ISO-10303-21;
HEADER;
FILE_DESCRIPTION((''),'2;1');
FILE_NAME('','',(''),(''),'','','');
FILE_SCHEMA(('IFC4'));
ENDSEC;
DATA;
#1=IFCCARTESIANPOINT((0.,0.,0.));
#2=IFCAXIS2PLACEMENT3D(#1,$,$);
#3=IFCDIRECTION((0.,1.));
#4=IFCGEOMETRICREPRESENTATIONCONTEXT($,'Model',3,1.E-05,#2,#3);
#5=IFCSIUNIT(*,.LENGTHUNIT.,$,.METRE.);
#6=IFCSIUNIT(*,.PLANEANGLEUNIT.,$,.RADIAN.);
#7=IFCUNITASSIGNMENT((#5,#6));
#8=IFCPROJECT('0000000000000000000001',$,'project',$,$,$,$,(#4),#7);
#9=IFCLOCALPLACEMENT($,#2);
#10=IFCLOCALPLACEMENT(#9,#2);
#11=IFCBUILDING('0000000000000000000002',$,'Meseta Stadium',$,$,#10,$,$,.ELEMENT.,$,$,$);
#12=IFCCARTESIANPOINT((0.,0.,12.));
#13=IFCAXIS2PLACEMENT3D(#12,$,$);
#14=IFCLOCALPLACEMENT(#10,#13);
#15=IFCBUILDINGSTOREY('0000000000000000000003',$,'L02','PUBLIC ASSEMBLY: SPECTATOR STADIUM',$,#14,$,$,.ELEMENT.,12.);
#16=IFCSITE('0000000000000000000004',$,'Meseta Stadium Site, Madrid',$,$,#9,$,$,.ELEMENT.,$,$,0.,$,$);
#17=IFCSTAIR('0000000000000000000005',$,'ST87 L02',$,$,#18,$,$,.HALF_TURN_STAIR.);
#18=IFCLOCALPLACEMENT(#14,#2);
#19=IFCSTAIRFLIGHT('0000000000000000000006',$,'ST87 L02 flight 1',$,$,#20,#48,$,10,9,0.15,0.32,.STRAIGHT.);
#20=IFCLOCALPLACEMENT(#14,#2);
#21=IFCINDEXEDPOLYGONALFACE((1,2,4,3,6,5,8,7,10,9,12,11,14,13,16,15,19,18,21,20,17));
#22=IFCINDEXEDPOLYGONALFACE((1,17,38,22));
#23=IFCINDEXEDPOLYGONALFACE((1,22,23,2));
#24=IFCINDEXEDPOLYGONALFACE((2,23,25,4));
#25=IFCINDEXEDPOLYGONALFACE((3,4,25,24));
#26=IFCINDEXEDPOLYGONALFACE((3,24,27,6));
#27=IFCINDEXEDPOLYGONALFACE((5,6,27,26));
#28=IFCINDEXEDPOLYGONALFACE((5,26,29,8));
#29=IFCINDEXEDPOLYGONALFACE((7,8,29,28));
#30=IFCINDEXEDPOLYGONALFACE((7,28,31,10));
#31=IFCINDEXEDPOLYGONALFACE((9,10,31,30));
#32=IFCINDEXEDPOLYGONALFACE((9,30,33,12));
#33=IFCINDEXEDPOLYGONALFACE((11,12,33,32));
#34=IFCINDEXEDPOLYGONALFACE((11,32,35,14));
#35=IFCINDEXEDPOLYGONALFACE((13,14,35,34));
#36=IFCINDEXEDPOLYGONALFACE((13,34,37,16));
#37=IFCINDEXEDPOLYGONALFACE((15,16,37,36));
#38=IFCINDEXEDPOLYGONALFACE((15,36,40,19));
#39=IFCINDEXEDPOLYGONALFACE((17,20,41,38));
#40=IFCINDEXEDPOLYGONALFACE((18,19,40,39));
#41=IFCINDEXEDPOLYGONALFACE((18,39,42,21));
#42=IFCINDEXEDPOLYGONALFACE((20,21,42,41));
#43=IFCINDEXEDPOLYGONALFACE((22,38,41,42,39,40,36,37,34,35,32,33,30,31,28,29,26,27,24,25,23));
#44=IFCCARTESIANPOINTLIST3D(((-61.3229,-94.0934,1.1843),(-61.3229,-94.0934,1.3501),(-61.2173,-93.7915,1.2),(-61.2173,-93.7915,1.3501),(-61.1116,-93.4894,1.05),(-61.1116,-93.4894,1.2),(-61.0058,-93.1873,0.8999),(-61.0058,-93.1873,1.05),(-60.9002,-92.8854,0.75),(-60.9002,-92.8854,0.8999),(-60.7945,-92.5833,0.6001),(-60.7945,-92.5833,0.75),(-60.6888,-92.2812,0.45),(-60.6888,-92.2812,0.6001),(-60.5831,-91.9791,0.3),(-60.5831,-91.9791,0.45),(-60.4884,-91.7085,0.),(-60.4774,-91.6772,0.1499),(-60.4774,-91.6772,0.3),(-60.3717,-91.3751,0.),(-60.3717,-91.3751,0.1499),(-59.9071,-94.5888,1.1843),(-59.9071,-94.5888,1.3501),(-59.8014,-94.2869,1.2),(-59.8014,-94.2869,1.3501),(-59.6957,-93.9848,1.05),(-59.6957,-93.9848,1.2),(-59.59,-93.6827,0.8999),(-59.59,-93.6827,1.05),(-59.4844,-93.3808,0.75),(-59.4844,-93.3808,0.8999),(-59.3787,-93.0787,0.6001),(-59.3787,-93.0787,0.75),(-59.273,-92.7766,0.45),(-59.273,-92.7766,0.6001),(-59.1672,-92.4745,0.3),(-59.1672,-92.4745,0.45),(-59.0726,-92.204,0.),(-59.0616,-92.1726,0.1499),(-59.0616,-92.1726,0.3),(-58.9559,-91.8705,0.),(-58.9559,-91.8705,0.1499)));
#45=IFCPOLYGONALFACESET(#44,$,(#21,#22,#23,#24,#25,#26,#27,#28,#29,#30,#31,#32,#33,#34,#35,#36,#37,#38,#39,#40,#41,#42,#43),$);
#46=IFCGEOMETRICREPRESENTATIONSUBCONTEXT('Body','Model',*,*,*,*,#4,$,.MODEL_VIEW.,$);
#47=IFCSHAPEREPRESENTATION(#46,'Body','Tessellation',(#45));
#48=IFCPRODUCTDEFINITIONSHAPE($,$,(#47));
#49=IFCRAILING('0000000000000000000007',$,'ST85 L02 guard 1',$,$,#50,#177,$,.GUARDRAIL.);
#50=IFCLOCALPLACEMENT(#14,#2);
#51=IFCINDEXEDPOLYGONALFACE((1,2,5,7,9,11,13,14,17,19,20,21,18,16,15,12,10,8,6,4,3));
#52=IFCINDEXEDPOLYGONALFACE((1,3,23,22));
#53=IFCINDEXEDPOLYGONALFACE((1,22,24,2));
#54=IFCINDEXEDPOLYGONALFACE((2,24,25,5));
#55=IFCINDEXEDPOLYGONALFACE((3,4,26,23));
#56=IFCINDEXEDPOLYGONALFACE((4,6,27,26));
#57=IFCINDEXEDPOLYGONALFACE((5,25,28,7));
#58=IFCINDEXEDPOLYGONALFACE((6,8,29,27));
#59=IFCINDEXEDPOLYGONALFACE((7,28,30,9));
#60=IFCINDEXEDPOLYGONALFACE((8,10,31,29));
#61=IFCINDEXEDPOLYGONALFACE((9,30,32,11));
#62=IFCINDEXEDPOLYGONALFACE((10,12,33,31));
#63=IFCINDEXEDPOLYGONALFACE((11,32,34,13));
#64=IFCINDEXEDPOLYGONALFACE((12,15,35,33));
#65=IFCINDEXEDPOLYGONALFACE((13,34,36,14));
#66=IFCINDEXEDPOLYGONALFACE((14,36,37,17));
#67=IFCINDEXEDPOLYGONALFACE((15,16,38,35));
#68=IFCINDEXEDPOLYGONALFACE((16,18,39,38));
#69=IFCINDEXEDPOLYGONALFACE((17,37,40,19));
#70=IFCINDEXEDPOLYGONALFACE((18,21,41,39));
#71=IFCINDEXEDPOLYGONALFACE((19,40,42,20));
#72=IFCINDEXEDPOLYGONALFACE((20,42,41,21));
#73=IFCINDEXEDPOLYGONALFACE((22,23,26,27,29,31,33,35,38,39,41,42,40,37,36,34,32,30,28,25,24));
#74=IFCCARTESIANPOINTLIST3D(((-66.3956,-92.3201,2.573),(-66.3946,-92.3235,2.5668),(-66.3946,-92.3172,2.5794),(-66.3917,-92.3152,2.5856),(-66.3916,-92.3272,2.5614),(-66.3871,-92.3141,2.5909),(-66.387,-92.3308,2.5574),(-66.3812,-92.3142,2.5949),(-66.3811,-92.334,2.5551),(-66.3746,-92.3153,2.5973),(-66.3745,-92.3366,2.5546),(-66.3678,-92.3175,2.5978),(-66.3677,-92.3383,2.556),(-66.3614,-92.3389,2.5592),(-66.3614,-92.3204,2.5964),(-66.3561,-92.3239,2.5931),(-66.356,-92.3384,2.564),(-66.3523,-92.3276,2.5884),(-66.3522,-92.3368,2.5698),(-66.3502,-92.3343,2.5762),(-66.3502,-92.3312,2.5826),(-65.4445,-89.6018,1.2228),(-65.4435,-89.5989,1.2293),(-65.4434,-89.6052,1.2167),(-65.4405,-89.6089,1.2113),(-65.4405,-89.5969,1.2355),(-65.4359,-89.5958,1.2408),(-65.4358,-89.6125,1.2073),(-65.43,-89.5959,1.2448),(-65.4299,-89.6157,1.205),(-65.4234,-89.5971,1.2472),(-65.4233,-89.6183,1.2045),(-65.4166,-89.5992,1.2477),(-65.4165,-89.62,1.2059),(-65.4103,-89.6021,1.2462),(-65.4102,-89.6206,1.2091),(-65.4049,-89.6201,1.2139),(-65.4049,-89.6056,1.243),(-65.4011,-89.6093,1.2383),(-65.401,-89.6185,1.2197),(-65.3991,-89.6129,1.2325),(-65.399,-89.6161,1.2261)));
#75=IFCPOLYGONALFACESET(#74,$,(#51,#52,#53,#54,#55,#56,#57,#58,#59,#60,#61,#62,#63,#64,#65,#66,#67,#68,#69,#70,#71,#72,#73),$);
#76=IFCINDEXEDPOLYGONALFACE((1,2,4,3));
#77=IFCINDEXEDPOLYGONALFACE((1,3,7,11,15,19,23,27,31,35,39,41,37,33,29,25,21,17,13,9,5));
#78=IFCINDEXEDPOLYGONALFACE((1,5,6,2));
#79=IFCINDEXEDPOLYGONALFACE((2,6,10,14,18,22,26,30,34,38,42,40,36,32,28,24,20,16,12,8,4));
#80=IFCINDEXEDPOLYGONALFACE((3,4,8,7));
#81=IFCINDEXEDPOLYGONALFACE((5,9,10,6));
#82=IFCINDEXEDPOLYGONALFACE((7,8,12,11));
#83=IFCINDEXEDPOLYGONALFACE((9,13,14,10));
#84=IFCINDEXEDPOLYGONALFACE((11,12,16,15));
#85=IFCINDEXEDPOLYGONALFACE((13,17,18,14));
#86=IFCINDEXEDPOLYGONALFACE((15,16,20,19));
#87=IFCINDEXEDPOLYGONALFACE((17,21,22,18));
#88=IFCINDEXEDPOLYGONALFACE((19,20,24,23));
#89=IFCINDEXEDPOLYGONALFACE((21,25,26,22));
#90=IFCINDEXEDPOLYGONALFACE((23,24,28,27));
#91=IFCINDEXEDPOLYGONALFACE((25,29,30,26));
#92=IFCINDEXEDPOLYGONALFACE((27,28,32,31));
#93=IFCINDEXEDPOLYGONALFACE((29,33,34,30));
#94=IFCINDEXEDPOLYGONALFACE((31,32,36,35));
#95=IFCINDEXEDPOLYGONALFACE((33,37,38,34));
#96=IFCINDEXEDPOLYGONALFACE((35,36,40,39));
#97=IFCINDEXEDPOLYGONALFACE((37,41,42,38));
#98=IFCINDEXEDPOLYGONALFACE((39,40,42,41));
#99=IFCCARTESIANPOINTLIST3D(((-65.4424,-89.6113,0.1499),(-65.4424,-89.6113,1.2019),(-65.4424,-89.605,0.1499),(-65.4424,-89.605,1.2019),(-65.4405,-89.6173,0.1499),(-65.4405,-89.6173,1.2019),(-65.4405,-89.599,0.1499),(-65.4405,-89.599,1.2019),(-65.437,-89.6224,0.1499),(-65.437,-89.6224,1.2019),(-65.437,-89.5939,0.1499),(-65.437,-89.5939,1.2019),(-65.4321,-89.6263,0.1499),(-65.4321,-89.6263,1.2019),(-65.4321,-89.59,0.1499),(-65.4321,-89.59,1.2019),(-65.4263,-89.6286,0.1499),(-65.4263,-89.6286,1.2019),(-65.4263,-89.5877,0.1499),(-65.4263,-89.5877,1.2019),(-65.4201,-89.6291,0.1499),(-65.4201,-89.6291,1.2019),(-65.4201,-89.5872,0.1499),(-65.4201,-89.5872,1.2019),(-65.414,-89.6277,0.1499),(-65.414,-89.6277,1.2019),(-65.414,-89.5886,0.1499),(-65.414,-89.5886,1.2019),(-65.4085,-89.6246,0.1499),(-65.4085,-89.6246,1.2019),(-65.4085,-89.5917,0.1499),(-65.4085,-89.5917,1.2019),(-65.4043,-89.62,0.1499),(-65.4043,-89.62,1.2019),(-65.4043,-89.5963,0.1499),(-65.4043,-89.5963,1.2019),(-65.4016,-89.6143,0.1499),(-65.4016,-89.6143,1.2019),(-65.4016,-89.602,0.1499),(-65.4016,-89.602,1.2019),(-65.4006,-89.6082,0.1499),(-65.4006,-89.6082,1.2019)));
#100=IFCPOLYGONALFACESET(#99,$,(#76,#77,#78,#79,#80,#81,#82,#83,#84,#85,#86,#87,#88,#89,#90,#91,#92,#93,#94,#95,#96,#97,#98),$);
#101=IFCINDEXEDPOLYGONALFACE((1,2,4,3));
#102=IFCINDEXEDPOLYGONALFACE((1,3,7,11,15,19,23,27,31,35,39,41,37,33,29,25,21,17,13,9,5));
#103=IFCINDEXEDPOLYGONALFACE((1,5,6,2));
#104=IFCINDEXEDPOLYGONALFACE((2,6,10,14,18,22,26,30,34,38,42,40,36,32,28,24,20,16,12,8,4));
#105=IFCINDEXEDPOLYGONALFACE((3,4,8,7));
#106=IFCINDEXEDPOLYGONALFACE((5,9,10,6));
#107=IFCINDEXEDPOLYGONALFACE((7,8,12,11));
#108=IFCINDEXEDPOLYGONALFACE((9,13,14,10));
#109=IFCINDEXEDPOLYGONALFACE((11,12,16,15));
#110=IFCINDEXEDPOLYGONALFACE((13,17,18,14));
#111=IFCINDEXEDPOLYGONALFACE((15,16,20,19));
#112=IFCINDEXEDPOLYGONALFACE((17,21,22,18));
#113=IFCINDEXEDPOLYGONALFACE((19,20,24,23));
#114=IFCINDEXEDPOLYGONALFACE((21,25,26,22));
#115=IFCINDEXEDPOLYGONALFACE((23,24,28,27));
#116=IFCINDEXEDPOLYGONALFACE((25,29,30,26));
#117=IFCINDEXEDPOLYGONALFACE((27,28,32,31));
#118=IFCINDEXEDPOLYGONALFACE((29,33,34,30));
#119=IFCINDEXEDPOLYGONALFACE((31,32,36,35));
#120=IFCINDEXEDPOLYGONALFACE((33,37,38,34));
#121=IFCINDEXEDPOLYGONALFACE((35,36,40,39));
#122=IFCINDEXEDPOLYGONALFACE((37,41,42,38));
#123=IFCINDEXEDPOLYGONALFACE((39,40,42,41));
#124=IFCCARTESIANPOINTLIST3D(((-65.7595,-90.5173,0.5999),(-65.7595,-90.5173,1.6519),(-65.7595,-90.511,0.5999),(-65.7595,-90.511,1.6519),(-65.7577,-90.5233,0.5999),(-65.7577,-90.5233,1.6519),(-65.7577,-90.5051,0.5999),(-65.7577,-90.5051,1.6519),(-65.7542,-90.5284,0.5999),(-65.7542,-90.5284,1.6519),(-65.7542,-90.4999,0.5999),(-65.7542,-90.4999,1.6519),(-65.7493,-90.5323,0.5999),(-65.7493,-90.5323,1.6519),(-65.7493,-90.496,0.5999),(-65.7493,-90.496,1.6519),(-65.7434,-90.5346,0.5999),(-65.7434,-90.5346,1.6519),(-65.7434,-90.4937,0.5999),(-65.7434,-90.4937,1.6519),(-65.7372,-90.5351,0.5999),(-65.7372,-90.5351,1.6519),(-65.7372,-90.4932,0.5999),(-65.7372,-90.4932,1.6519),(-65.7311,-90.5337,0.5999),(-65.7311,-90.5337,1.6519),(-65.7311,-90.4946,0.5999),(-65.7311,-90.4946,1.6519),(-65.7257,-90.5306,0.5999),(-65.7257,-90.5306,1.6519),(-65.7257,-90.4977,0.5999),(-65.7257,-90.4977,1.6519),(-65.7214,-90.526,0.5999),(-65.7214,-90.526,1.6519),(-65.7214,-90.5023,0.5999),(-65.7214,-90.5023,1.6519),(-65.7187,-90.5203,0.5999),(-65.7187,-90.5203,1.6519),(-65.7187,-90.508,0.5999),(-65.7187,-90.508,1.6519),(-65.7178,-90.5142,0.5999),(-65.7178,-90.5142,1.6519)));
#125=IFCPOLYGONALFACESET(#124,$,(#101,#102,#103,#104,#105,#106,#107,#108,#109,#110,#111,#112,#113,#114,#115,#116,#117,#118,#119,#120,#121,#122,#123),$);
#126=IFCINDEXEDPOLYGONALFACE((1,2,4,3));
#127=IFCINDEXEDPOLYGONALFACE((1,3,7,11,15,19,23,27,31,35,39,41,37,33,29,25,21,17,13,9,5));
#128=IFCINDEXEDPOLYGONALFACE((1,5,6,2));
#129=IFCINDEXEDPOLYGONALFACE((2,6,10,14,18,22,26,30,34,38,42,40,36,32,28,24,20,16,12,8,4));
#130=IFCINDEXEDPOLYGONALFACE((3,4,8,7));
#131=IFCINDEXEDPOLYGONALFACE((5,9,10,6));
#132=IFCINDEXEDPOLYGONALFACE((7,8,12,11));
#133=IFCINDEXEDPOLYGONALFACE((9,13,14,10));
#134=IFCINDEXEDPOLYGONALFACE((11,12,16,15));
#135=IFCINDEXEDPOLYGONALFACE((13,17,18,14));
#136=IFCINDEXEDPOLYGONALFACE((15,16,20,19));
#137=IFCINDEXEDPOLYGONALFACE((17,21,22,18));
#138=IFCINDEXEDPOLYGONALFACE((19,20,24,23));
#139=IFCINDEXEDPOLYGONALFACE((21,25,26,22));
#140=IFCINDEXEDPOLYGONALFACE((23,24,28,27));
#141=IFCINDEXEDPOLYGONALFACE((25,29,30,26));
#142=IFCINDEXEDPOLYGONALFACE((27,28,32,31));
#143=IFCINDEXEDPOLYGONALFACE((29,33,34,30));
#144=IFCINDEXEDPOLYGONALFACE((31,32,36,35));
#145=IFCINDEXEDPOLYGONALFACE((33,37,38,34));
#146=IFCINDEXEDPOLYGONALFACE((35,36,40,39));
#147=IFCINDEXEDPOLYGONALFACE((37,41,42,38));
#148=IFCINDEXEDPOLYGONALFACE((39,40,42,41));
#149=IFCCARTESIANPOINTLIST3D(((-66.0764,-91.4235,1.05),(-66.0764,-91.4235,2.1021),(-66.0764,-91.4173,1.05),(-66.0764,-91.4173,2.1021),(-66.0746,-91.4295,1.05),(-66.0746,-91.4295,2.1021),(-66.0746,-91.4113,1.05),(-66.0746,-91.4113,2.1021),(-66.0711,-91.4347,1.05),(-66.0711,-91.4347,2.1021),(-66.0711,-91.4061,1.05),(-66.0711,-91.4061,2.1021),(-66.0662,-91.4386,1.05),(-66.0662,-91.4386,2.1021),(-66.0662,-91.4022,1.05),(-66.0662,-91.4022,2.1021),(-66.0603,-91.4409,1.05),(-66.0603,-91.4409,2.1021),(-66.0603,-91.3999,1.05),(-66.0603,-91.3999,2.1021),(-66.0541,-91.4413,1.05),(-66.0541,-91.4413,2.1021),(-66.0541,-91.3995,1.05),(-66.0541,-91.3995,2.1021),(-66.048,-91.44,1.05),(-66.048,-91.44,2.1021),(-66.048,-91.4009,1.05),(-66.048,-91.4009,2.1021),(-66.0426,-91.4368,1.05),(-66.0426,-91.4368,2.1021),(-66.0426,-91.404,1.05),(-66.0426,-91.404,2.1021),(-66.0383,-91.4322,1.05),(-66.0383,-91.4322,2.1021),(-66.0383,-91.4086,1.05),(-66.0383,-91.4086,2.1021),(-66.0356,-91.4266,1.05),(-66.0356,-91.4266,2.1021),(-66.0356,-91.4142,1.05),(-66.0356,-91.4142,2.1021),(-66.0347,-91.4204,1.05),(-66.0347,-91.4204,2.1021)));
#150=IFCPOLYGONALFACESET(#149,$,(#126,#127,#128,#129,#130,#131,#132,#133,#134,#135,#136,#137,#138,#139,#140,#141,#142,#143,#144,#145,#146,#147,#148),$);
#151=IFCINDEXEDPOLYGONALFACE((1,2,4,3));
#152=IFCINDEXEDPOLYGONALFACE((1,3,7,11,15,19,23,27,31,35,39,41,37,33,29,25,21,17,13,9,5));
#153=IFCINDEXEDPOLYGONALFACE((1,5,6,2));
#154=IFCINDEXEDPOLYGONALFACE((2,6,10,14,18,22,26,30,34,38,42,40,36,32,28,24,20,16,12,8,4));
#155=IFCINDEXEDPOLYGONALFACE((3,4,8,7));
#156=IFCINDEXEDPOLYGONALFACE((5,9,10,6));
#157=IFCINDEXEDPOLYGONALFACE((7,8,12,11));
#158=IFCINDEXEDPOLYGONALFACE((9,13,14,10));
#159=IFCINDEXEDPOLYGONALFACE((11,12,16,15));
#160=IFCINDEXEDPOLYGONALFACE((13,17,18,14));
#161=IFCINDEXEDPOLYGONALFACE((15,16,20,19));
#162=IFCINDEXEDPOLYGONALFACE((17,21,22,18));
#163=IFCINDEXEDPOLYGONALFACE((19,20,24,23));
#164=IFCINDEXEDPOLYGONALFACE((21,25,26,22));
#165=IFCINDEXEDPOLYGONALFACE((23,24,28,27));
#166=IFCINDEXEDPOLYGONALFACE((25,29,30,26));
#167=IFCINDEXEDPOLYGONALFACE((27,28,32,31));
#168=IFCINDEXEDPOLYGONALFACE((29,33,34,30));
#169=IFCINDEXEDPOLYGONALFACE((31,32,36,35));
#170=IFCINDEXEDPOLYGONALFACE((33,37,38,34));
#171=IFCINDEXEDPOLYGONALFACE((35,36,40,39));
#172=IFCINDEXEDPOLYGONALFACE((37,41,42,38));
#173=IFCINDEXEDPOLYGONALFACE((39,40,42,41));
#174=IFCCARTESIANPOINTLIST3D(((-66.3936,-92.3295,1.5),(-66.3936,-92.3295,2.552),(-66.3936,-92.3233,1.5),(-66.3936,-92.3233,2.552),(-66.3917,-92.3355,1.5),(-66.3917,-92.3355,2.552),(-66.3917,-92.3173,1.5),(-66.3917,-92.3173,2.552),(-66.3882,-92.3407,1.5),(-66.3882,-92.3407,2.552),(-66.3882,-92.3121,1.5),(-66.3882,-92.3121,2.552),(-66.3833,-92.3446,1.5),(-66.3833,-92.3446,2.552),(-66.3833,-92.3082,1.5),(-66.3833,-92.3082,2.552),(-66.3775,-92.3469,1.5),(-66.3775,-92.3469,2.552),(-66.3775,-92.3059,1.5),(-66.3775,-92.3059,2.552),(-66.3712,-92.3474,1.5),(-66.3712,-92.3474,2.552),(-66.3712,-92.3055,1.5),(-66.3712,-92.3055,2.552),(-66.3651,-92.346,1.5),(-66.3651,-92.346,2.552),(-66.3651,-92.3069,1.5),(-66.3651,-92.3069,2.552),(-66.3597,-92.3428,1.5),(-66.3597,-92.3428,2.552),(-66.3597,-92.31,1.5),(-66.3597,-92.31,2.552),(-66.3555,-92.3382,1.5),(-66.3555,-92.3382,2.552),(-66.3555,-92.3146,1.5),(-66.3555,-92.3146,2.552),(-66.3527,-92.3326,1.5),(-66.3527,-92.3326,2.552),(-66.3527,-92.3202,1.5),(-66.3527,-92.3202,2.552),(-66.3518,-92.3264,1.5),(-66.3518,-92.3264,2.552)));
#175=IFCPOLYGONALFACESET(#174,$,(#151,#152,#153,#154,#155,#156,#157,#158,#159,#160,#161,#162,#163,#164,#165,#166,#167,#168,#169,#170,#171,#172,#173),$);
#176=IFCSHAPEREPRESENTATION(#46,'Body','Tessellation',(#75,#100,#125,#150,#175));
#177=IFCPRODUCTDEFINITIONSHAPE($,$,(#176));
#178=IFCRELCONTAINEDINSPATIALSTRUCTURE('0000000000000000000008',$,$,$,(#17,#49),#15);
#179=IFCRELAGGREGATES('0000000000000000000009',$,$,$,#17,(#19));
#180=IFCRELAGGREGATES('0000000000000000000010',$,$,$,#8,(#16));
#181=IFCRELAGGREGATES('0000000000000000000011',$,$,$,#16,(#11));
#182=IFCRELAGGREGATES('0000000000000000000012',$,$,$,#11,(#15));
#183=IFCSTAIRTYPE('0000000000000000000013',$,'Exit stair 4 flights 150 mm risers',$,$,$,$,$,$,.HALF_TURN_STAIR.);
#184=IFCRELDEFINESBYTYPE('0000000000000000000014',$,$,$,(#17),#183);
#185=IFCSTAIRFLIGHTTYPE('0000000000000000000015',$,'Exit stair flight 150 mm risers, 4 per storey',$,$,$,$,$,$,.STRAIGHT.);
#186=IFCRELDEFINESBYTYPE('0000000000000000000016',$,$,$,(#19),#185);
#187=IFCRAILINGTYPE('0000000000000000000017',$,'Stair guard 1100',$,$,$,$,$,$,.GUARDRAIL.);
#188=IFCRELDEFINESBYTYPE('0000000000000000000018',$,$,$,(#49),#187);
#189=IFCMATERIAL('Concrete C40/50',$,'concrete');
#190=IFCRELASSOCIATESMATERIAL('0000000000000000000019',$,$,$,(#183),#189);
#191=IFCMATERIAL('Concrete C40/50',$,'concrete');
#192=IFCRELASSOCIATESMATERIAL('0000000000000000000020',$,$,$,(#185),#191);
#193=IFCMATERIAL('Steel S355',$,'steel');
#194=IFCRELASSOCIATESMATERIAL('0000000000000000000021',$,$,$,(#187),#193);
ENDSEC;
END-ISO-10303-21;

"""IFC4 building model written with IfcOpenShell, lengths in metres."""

from ifc_helpers import new_model, si_unit, direction, frame, origin, origin_2d, place, context, subcontext, project, spatial, polyline, circle, outline, extrude, material, type_object, element, aggregate, save


model = new_model("IFC4")

# Units and contexts
model_context = context("Model", 3, precision=1e-05, world=origin(), true_north=direction((0.0, 1.0)))
body_context = subcontext(model_context, "Body", "Model", "MODEL_VIEW")
ifc_project = project(units=[si_unit("LENGTHUNIT", "METRE"), si_unit("PLANEANGLEUNIT", "RADIAN")], contexts=[model_context])

# Site, building, storey
site_placement = place(None, origin())
site = spatial("IfcSite", under=ifc_project, at=site_placement, Name="Meseta Stadium Site, Madrid", CompositionType="ELEMENT", RefElevation=0.0)
building_placement = place(site_placement, origin())
building = spatial("IfcBuilding", under=site, at=building_placement, Name="Meseta Stadium", CompositionType="ELEMENT")
storey_placement = place(building_placement, frame((0.0, 0.0, 12.0)))
storey = spatial("IfcBuildingStorey", under=building, at=storey_placement, Name="L02", Description="PUBLIC ASSEMBLY: SPECTATOR STADIUM", CompositionType="ELEMENT", Elevation=12.0)

# Shared definitions
ifc_material_1 = material(Name="Concrete C40/50", Category="concrete")
stair_type = type_object("IfcStairType", Name="Exit stair 4 flights 150 mm risers", PredefinedType="HALF_TURN_STAIR", material=ifc_material_1)
ifc_material_2 = material(Name="Concrete C40/50", Category="concrete")
stair_flight_type = type_object("IfcStairFlightType", Name="Exit stair flight 150 mm risers, 4 per storey", PredefinedType="STRAIGHT", material=ifc_material_2)

# Stair, stair flight
stair_1_placement = place(storey_placement, origin())
stair_1 = element("IfcStair", 1, at=stair_1_placement, inside=storey, type_object=stair_type, Name="ST87 L02", PredefinedType="HALF_TURN_STAIR")
stair_flight_1_placement = place(storey_placement, frame((-59.6638, -91.6228, 0.0), z_axis=(0.0, 0.0, 1.0), x_axis=(-0.330279, -0.943883, 0.0)))
stair_flight_1 = element("IfcStairFlight", 2, at=stair_flight_1_placement, type_object=stair_flight_type, Name="ST87 L02 flight 1", NumberOfRisers=10, NumberOfTreads=9, PredefinedType="STRAIGHT", RiserHeight=0.15, TreadLength=0.32, context=body_context, shape_type="SweptSolid", body=[
    extrude(outline(polyline([(0.0, 0.0), (0.0, 0.1499), (0.3201, 0.1499), (0.3201, 0.3), (0.6399, 0.3), (0.6399, 0.45), (0.96, 0.45), (0.96, 0.6001), (1.28, 0.6001), (1.28, 0.75), (1.6001, 0.75), (1.6001, 0.8999), (1.9199, 0.8999), (1.9199, 1.05), (2.24, 1.05), (2.24, 1.2), (2.5601, 1.2), (2.5601, 1.3501), (2.8799, 1.3501), (2.8799, 1.1843), (0.3533, 0.0), (0.0, 0.0)])), frame((0.0, 0.75, 0.0), z_axis=(0.0, -1.0, 0.0), x_axis=(1.0, 0.0, 0.0)), (0.0, 0.0, 1.0), 1.5),
])
aggregate(stair_1, [stair_flight_1])

# Railing
ifc_material_3 = material(Name="Steel S355", Category="steel")
railing_type_1 = type_object("IfcRailingType", Name="Stair guard 1100", PredefinedType="GUARDRAIL", material=ifc_material_3)
railing_1_placement = place(storey_placement, frame((-65.4216, -89.6082, 0.1499)))
element("IfcRailing", 3, at=railing_1_placement, inside=storey, type_object=railing_type_1, Name="ST85 L02 guard 1", PredefinedType="GUARDRAIL", context=body_context, shape_type="SweptSolid", body=[
    extrude(circle(Radius=0.0239, at=origin_2d()), frame((0.0, 0.0, 1.0762), z_axis=(-0.299051, -0.854629, 0.424474), x_axis=(0.943882, -0.330282, 0.0)), (0.0, 0.0, 1.0), 3.1807),
    extrude(circle(Radius=0.021, at=origin_2d()), origin(), (0.0, 0.0, 1.0), 1.052),
    extrude(circle(Radius=0.021, at=origin_2d()), frame((-0.3171, -0.906, 0.45)), (0.0, 0.0, 1.0), 1.052),
    extrude(circle(Radius=0.021, at=origin_2d()), frame((-0.634, -1.8123, 0.9001)), (0.0, 0.0, 1.0), 1.052),
    extrude(circle(Radius=0.021, at=origin_2d()), frame((-0.9512, -2.7183, 1.3501)), (0.0, 0.0, 1.0), 1.052),
])

save(model, "model.ifc")
